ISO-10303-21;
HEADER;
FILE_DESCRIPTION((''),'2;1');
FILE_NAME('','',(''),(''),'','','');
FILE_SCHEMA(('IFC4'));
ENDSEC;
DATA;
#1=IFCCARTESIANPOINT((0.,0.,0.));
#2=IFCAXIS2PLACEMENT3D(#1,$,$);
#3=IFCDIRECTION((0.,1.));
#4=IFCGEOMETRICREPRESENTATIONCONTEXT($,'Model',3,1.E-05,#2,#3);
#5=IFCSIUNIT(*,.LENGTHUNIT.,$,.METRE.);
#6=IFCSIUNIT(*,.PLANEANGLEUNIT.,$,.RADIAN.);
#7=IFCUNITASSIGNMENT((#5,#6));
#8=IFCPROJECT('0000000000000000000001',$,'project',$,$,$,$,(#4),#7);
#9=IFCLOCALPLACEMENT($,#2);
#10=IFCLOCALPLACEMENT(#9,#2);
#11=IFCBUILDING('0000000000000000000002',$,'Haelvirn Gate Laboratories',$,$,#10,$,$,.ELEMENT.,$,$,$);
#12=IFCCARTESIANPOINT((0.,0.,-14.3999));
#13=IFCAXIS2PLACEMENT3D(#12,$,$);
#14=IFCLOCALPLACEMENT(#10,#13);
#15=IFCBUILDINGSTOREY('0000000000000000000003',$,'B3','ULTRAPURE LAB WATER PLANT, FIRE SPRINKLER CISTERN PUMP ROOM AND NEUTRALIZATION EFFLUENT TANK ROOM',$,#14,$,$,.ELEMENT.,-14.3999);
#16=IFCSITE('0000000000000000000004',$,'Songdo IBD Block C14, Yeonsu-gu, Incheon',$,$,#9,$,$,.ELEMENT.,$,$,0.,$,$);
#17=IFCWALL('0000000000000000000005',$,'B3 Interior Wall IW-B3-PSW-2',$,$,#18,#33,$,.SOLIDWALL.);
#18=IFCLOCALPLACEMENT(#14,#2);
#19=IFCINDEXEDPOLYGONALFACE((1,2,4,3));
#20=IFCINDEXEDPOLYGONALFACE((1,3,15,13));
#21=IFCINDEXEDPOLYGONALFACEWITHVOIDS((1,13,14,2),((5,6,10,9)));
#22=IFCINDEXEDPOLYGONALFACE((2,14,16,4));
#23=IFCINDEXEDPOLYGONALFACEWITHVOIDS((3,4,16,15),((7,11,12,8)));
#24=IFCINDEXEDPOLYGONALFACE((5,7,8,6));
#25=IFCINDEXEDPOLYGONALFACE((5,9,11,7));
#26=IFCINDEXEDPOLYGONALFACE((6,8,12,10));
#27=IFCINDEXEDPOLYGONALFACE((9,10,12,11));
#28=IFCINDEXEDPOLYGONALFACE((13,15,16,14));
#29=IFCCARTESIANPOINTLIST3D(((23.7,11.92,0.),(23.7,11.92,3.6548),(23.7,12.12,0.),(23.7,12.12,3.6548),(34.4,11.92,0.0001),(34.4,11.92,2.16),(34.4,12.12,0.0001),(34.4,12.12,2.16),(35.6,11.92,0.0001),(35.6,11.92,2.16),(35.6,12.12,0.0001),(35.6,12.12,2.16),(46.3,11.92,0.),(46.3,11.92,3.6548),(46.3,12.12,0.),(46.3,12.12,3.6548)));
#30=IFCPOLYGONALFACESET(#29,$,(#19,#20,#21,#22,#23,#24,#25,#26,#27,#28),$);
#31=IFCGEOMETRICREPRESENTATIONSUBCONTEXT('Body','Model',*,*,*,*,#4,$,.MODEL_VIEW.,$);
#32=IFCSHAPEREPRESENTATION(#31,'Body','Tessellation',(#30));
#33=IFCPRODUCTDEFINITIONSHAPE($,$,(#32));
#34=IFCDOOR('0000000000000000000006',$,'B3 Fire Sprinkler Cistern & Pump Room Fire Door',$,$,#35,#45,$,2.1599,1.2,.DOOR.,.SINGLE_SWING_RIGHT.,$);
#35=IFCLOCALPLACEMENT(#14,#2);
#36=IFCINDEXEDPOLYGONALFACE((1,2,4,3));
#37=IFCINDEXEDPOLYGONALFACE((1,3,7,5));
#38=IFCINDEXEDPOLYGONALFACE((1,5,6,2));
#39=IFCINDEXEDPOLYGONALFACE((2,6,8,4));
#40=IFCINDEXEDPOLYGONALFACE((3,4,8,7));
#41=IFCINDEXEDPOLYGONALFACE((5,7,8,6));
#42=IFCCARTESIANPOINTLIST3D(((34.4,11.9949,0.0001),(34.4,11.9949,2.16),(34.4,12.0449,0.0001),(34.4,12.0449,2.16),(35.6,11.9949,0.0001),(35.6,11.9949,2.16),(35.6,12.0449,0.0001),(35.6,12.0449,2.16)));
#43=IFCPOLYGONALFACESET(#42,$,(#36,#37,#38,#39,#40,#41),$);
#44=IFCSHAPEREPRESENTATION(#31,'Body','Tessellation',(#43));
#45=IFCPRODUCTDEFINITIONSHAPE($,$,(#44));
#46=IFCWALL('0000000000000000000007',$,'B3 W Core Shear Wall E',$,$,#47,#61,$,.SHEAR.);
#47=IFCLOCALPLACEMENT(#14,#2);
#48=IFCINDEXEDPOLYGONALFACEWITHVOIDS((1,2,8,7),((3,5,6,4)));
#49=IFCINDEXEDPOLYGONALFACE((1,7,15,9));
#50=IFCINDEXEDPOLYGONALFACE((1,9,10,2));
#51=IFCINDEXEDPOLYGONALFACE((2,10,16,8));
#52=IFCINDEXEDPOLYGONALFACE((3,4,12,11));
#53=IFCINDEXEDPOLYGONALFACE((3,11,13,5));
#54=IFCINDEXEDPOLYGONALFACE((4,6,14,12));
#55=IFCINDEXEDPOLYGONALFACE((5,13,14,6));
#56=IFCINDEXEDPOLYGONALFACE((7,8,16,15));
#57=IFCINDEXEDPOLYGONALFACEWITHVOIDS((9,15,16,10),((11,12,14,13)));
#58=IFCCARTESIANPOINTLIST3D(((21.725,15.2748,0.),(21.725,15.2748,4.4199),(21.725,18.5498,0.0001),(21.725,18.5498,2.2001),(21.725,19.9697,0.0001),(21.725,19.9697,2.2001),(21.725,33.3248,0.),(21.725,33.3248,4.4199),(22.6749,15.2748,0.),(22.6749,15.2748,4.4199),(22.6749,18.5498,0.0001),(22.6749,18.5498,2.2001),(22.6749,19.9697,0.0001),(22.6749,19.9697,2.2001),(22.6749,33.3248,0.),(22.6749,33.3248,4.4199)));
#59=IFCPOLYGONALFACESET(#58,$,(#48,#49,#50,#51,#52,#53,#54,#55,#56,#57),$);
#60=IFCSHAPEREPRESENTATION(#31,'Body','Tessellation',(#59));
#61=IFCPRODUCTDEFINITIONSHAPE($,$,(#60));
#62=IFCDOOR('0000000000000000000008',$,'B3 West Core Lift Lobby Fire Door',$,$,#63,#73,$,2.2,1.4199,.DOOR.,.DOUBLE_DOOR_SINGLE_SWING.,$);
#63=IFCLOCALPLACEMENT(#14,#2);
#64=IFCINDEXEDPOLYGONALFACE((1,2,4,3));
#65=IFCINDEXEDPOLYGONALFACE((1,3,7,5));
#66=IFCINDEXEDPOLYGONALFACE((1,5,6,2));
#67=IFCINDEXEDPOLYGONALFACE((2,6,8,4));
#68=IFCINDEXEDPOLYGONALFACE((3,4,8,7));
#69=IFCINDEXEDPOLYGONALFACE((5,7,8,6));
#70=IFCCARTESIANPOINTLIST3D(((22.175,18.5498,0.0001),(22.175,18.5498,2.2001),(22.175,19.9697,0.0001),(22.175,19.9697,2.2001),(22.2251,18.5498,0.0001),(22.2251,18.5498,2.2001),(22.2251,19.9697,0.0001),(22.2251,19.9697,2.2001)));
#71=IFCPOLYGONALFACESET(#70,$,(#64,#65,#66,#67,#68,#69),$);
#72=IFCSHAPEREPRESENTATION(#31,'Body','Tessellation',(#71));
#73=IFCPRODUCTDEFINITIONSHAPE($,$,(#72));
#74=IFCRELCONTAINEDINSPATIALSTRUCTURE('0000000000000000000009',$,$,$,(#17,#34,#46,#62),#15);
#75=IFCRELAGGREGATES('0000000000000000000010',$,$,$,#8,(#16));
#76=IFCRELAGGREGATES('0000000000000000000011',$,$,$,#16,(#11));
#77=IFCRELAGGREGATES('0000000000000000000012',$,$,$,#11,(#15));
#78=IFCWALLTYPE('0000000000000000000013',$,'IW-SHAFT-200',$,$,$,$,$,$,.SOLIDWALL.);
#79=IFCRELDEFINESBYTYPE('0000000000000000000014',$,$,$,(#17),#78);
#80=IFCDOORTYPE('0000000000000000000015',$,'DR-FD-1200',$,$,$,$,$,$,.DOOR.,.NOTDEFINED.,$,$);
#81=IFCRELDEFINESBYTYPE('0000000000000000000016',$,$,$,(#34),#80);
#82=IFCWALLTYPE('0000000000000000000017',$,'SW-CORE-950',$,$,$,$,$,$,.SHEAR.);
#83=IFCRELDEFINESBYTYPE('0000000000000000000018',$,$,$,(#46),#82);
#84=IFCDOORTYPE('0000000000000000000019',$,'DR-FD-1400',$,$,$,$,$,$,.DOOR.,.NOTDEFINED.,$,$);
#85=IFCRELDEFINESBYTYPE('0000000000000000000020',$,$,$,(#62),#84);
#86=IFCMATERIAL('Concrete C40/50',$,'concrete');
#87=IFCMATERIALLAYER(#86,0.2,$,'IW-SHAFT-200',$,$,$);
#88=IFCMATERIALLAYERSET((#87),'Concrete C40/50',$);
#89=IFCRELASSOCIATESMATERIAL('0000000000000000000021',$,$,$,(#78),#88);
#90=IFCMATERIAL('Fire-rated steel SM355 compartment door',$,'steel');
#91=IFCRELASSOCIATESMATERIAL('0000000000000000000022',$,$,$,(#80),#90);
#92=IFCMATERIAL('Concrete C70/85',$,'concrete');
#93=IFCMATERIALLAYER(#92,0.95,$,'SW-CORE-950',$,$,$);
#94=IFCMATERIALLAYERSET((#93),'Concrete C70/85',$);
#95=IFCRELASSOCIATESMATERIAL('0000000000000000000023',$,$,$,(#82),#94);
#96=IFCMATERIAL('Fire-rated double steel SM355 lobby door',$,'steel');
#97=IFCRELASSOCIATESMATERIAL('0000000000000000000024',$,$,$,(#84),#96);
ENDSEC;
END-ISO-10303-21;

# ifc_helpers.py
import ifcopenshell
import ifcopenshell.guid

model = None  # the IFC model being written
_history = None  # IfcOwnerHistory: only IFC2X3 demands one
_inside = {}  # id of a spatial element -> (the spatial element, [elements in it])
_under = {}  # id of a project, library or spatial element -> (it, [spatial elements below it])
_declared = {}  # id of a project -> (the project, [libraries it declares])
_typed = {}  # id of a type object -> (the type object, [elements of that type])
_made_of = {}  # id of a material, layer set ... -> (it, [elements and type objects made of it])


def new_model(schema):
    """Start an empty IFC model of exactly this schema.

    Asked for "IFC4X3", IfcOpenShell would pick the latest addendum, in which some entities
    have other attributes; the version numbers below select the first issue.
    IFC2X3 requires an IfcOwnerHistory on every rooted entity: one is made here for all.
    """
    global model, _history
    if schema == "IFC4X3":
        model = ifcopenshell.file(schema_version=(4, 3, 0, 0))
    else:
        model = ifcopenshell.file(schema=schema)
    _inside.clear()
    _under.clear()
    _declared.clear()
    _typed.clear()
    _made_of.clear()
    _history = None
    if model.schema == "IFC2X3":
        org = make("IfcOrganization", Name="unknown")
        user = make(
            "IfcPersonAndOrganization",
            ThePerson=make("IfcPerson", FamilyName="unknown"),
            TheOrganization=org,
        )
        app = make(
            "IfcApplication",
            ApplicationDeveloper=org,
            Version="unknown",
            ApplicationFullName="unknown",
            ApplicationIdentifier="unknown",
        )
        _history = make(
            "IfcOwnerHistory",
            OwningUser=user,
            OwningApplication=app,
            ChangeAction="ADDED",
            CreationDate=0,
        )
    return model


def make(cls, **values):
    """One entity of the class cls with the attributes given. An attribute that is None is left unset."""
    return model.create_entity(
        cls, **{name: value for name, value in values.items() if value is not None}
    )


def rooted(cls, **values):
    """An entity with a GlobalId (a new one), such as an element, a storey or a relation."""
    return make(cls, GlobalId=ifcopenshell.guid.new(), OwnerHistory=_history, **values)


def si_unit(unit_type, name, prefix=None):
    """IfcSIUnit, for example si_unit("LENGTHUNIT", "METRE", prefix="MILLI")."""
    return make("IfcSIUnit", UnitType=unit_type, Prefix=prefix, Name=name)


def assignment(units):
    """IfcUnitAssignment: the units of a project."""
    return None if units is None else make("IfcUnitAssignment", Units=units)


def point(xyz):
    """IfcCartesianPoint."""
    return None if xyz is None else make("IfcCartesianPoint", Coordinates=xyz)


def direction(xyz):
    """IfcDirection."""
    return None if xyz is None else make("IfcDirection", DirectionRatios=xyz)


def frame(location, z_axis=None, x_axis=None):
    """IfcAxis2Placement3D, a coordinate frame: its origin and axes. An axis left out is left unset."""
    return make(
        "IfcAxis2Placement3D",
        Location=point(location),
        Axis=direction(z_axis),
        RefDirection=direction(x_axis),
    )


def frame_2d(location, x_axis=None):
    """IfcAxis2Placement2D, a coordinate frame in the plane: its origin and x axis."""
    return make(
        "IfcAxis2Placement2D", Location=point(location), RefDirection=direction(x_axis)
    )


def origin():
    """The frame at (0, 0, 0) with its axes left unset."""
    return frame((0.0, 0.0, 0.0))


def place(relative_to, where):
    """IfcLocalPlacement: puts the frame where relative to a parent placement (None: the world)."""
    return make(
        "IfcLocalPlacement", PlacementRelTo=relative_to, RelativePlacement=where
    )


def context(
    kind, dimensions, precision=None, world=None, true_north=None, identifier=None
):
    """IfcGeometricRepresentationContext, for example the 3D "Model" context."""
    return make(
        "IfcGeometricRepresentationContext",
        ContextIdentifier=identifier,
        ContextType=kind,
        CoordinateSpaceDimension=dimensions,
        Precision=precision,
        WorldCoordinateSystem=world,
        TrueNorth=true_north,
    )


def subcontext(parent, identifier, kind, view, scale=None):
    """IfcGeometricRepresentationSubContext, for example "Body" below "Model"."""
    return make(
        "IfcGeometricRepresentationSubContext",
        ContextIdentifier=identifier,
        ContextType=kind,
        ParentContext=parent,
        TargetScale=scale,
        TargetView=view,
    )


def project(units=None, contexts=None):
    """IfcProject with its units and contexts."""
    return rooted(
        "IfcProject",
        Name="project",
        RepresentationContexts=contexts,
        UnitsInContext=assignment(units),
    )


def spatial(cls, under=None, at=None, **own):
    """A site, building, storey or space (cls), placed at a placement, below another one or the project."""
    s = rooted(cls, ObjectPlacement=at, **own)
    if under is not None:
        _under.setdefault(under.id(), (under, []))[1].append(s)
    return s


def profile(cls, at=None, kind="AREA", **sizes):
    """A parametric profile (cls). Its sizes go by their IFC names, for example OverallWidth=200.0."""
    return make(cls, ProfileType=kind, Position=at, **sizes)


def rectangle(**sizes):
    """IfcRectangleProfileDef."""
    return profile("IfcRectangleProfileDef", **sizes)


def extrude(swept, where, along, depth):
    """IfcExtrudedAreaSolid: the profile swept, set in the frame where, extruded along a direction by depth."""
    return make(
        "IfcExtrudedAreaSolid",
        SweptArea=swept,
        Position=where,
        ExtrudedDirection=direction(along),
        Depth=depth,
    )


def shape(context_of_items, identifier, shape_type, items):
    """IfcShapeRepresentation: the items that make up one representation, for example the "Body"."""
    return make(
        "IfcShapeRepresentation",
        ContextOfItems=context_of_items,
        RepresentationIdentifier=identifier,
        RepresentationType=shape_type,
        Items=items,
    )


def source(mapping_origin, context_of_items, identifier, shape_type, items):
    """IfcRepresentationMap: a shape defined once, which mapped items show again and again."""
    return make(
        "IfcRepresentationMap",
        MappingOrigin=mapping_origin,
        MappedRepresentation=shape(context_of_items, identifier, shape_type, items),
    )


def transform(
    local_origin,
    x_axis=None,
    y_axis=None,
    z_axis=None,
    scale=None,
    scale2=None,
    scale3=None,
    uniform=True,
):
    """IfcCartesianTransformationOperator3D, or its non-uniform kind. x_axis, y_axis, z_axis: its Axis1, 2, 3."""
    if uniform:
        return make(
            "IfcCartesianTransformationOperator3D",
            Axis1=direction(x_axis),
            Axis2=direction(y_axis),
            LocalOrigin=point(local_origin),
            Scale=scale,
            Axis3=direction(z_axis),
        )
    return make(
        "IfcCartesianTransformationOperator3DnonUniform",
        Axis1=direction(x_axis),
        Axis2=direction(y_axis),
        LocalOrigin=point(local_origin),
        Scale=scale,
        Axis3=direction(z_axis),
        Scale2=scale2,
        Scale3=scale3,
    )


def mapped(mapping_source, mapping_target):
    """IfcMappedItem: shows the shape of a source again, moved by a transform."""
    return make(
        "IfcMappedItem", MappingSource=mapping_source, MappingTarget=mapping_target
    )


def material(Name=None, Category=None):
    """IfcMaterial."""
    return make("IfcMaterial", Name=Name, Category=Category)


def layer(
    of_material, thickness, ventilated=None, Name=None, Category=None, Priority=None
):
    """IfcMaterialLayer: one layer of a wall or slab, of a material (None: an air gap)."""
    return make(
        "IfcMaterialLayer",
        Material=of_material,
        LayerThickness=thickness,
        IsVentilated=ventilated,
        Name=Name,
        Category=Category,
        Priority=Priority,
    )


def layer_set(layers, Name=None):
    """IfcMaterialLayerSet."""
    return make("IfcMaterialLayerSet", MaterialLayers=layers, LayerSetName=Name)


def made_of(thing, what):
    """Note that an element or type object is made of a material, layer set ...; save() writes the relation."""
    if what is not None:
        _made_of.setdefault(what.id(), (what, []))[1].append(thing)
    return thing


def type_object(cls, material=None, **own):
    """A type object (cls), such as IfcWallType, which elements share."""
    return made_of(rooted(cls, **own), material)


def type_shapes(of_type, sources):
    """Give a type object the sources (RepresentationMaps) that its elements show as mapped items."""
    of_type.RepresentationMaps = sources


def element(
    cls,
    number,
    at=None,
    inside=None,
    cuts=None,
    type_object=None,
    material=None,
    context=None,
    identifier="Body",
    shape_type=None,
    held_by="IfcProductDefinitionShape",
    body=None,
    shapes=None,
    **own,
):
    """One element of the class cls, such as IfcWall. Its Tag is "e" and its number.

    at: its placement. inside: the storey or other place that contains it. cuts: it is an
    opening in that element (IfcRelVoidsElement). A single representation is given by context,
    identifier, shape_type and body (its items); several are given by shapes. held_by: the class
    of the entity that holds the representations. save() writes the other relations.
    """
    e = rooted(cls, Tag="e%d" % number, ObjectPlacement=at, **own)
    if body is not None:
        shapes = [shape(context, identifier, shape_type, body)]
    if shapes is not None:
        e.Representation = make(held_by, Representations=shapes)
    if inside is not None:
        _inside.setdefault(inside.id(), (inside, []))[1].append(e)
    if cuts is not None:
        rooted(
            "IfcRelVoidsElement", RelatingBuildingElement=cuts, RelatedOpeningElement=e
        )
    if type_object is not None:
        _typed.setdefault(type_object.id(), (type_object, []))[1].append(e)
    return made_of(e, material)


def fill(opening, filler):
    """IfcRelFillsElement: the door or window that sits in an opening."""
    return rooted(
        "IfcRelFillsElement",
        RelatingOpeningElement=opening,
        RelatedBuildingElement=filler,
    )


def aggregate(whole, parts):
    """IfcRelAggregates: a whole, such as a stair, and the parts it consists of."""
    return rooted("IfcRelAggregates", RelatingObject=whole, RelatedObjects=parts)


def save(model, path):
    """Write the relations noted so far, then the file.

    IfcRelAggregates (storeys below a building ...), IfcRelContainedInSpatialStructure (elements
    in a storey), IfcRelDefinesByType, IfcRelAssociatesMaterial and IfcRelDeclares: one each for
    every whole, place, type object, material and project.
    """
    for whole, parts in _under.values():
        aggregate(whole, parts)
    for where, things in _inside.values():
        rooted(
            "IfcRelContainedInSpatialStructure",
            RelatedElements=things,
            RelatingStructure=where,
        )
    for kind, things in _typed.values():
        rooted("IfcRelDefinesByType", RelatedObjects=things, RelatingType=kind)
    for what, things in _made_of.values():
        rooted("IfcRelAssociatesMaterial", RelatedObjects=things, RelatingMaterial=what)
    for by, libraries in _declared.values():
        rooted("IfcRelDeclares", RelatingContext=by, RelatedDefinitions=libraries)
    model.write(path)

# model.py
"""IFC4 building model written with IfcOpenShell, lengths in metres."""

from ifc_helpers import new_model, si_unit, direction, frame, frame_2d, origin, place, context, subcontext, project, spatial, rectangle, extrude, source, transform, mapped, material, layer, layer_set, type_object, type_shapes, element, fill, save


model = new_model("IFC4")

# Units and contexts
model_context = context("Model", 3, precision=1e-05, world=origin(), true_north=direction((0.0, 1.0)))
body_context = subcontext(model_context, "Body", "Model", "MODEL_VIEW")
ifc_project = project(units=[si_unit("LENGTHUNIT", "METRE"), si_unit("PLANEANGLEUNIT", "RADIAN")], contexts=[model_context])

# Site, building, storey
site_placement = place(None, origin())
site = spatial("IfcSite", under=ifc_project, at=site_placement, Name="Songdo IBD Block C14, Yeonsu-gu, Incheon", CompositionType="ELEMENT", RefElevation=0.0)
building_placement = place(site_placement, origin())
building = spatial("IfcBuilding", under=site, at=building_placement, Name="Haelvirn Gate Laboratories", CompositionType="ELEMENT")
storey_placement = place(building_placement, frame((0.0, 0.0, -14.3999)))
storey = spatial("IfcBuildingStorey", under=building, at=storey_placement, Name="B3", Description="ULTRAPURE LAB WATER PLANT, FIRE SPRINKLER CISTERN PUMP ROOM AND NEUTRALIZATION EFFLUENT TANK ROOM", CompositionType="ELEMENT", Elevation=-14.3999)

# Shared definitions
ifc_material_1 = material(Name="Concrete C70/85", Category="concrete")

# Shared definitions
ifc_material_2 = material(Name="Concrete C40/50", Category="concrete")
ifc_layer_1 = layer(ifc_material_2, 0.2, Name="IW-SHAFT-200")
ifc_layer_set_1 = layer_set([ifc_layer_1], Name="Concrete C40/50")
wall_type_1 = type_object("IfcWallType", Name="IW-SHAFT-200", PredefinedType="SOLIDWALL", material=ifc_layer_set_1)

# Walls, openings, doors
wall_1_placement = place(storey_placement, frame((23.7, 12.02, 0.0), z_axis=(0.0, 0.0, 1.0), x_axis=(1.0, 0.0, 0.0)))
wall_1 = element("IfcWall", 1, at=wall_1_placement, inside=storey, type_object=wall_type_1, Name="B3 Interior Wall IW-B3-PSW-2", PredefinedType="SOLIDWALL", context=body_context, shape_type="SweptSolid", body=[
    extrude(rectangle(XDim=22.6001, YDim=0.2, at=frame_2d((11.3, 0.0))), origin(), (0.0, 0.0, 1.0), 3.6548),
])
opening_1_placement = place(wall_1_placement, frame((10.7, 0.0, 0.0)))
opening_1 = element("IfcOpeningElement", 2, at=opening_1_placement, cuts=wall_1, PredefinedType="OPENING", context=body_context, shape_type="SweptSolid", body=[
    extrude(rectangle(XDim=1.2, YDim=2.1599, at=frame_2d((0.6001, 1.0801))), frame((0.0, 0.1099, 0.0), z_axis=(0.0, -1.0, 0.0), x_axis=(1.0, 0.0, 0.0)), (0.0, 0.0, 1.0), 0.22),
])
ifc_material_3 = material(Name="Fire-rated steel SM355 compartment door", Category="steel")
door_type_1 = type_object("IfcDoorType", Name="DR-FD-1200", OperationType="NOTDEFINED", PredefinedType="DOOR", material=ifc_material_3)
shared_shape_1 = source(origin(), body_context, "Body", "SweptSolid", [
    extrude(rectangle(XDim=1.2, YDim=2.1599, at=frame_2d((0.6001, 1.0801))), frame((0.0, 0.0249, 0.0), z_axis=(0.0, -1.0, 0.0), x_axis=(1.0, 0.0, 0.0)), (0.0, 0.0, 1.0), 0.05),
])
type_shapes(door_type_1, [shared_shape_1])
door_1_placement = place(opening_1_placement, origin())
door_1 = element("IfcDoor", 3, at=door_1_placement, inside=storey, type_object=door_type_1, Name="B3 Fire Sprinkler Cistern & Pump Room Fire Door", OperationType="SINGLE_SWING_RIGHT", OverallHeight=2.1599, OverallWidth=1.2, PredefinedType="DOOR", context=body_context, shape_type="MappedRepresentation", body=[
    mapped(shared_shape_1, transform((0.0, 0.0, 0.0), scale=1.0)),
])
fill(opening_1, door_1)
ifc_layer_2 = layer(ifc_material_1, 0.95, Name="SW-CORE-950")
ifc_layer_set_2 = layer_set([ifc_layer_2], Name="Concrete C70/85")
wall_type_2 = type_object("IfcWallType", Name="SW-CORE-950", PredefinedType="SHEAR", material=ifc_layer_set_2)
wall_2_placement = place(storey_placement, frame((22.2, 15.2749, 0.0), z_axis=(0.0, 0.0, 1.0), x_axis=(0.0, 1.0, 0.0)))
wall_2 = element("IfcWall", 4, at=wall_2_placement, inside=storey, type_object=wall_type_2, Name="B3 W Core Shear Wall E", PredefinedType="SHEAR", context=body_context, shape_type="SweptSolid", body=[
    extrude(rectangle(XDim=18.05, YDim=0.95, at=frame_2d((9.0249, 0.0))), origin(), (0.0, 0.0, 1.0), 4.4199),
])
opening_2_placement = place(wall_2_placement, frame((3.2749, 0.0, 0.0)))
opening_2 = element("IfcOpeningElement", 5, at=opening_2_placement, cuts=wall_2, PredefinedType="OPENING", context=body_context, shape_type="SweptSolid", body=[
    extrude(rectangle(XDim=1.4199, YDim=2.2, at=frame_2d((0.71, 1.1001))), frame((0.0, 0.4849, 0.0), z_axis=(0.0, -1.0, 0.0), x_axis=(1.0, 0.0, 0.0)), (0.0, 0.0, 1.0), 0.97),
])
ifc_material_4 = material(Name="Fire-rated double steel SM355 lobby door", Category="steel")
door_type_2 = type_object("IfcDoorType", Name="DR-FD-1400", OperationType="NOTDEFINED", PredefinedType="DOOR", material=ifc_material_4)
shared_shape_2 = source(origin(), body_context, "Body", "SweptSolid", [
    extrude(rectangle(XDim=1.4199, YDim=2.2, at=frame_2d((0.71, 1.1001))), frame((0.0, 0.0249, 0.0), z_axis=(0.0, -1.0, 0.0), x_axis=(1.0, 0.0, 0.0)), (0.0, 0.0, 1.0), 0.05),
])
type_shapes(door_type_2, [shared_shape_2])
door_2_placement = place(opening_2_placement, origin())
door_2 = element("IfcDoor", 6, at=door_2_placement, inside=storey, type_object=door_type_2, Name="B3 West Core Lift Lobby Fire Door", OperationType="DOUBLE_DOOR_SINGLE_SWING", OverallHeight=2.2, OverallWidth=1.4199, PredefinedType="DOOR", context=body_context, shape_type="MappedRepresentation", body=[
    mapped(shared_shape_2, transform((0.0, 0.0, 0.0), scale=1.0)),
])
fill(opening_2, door_2)

save(model, "model.ifc")
